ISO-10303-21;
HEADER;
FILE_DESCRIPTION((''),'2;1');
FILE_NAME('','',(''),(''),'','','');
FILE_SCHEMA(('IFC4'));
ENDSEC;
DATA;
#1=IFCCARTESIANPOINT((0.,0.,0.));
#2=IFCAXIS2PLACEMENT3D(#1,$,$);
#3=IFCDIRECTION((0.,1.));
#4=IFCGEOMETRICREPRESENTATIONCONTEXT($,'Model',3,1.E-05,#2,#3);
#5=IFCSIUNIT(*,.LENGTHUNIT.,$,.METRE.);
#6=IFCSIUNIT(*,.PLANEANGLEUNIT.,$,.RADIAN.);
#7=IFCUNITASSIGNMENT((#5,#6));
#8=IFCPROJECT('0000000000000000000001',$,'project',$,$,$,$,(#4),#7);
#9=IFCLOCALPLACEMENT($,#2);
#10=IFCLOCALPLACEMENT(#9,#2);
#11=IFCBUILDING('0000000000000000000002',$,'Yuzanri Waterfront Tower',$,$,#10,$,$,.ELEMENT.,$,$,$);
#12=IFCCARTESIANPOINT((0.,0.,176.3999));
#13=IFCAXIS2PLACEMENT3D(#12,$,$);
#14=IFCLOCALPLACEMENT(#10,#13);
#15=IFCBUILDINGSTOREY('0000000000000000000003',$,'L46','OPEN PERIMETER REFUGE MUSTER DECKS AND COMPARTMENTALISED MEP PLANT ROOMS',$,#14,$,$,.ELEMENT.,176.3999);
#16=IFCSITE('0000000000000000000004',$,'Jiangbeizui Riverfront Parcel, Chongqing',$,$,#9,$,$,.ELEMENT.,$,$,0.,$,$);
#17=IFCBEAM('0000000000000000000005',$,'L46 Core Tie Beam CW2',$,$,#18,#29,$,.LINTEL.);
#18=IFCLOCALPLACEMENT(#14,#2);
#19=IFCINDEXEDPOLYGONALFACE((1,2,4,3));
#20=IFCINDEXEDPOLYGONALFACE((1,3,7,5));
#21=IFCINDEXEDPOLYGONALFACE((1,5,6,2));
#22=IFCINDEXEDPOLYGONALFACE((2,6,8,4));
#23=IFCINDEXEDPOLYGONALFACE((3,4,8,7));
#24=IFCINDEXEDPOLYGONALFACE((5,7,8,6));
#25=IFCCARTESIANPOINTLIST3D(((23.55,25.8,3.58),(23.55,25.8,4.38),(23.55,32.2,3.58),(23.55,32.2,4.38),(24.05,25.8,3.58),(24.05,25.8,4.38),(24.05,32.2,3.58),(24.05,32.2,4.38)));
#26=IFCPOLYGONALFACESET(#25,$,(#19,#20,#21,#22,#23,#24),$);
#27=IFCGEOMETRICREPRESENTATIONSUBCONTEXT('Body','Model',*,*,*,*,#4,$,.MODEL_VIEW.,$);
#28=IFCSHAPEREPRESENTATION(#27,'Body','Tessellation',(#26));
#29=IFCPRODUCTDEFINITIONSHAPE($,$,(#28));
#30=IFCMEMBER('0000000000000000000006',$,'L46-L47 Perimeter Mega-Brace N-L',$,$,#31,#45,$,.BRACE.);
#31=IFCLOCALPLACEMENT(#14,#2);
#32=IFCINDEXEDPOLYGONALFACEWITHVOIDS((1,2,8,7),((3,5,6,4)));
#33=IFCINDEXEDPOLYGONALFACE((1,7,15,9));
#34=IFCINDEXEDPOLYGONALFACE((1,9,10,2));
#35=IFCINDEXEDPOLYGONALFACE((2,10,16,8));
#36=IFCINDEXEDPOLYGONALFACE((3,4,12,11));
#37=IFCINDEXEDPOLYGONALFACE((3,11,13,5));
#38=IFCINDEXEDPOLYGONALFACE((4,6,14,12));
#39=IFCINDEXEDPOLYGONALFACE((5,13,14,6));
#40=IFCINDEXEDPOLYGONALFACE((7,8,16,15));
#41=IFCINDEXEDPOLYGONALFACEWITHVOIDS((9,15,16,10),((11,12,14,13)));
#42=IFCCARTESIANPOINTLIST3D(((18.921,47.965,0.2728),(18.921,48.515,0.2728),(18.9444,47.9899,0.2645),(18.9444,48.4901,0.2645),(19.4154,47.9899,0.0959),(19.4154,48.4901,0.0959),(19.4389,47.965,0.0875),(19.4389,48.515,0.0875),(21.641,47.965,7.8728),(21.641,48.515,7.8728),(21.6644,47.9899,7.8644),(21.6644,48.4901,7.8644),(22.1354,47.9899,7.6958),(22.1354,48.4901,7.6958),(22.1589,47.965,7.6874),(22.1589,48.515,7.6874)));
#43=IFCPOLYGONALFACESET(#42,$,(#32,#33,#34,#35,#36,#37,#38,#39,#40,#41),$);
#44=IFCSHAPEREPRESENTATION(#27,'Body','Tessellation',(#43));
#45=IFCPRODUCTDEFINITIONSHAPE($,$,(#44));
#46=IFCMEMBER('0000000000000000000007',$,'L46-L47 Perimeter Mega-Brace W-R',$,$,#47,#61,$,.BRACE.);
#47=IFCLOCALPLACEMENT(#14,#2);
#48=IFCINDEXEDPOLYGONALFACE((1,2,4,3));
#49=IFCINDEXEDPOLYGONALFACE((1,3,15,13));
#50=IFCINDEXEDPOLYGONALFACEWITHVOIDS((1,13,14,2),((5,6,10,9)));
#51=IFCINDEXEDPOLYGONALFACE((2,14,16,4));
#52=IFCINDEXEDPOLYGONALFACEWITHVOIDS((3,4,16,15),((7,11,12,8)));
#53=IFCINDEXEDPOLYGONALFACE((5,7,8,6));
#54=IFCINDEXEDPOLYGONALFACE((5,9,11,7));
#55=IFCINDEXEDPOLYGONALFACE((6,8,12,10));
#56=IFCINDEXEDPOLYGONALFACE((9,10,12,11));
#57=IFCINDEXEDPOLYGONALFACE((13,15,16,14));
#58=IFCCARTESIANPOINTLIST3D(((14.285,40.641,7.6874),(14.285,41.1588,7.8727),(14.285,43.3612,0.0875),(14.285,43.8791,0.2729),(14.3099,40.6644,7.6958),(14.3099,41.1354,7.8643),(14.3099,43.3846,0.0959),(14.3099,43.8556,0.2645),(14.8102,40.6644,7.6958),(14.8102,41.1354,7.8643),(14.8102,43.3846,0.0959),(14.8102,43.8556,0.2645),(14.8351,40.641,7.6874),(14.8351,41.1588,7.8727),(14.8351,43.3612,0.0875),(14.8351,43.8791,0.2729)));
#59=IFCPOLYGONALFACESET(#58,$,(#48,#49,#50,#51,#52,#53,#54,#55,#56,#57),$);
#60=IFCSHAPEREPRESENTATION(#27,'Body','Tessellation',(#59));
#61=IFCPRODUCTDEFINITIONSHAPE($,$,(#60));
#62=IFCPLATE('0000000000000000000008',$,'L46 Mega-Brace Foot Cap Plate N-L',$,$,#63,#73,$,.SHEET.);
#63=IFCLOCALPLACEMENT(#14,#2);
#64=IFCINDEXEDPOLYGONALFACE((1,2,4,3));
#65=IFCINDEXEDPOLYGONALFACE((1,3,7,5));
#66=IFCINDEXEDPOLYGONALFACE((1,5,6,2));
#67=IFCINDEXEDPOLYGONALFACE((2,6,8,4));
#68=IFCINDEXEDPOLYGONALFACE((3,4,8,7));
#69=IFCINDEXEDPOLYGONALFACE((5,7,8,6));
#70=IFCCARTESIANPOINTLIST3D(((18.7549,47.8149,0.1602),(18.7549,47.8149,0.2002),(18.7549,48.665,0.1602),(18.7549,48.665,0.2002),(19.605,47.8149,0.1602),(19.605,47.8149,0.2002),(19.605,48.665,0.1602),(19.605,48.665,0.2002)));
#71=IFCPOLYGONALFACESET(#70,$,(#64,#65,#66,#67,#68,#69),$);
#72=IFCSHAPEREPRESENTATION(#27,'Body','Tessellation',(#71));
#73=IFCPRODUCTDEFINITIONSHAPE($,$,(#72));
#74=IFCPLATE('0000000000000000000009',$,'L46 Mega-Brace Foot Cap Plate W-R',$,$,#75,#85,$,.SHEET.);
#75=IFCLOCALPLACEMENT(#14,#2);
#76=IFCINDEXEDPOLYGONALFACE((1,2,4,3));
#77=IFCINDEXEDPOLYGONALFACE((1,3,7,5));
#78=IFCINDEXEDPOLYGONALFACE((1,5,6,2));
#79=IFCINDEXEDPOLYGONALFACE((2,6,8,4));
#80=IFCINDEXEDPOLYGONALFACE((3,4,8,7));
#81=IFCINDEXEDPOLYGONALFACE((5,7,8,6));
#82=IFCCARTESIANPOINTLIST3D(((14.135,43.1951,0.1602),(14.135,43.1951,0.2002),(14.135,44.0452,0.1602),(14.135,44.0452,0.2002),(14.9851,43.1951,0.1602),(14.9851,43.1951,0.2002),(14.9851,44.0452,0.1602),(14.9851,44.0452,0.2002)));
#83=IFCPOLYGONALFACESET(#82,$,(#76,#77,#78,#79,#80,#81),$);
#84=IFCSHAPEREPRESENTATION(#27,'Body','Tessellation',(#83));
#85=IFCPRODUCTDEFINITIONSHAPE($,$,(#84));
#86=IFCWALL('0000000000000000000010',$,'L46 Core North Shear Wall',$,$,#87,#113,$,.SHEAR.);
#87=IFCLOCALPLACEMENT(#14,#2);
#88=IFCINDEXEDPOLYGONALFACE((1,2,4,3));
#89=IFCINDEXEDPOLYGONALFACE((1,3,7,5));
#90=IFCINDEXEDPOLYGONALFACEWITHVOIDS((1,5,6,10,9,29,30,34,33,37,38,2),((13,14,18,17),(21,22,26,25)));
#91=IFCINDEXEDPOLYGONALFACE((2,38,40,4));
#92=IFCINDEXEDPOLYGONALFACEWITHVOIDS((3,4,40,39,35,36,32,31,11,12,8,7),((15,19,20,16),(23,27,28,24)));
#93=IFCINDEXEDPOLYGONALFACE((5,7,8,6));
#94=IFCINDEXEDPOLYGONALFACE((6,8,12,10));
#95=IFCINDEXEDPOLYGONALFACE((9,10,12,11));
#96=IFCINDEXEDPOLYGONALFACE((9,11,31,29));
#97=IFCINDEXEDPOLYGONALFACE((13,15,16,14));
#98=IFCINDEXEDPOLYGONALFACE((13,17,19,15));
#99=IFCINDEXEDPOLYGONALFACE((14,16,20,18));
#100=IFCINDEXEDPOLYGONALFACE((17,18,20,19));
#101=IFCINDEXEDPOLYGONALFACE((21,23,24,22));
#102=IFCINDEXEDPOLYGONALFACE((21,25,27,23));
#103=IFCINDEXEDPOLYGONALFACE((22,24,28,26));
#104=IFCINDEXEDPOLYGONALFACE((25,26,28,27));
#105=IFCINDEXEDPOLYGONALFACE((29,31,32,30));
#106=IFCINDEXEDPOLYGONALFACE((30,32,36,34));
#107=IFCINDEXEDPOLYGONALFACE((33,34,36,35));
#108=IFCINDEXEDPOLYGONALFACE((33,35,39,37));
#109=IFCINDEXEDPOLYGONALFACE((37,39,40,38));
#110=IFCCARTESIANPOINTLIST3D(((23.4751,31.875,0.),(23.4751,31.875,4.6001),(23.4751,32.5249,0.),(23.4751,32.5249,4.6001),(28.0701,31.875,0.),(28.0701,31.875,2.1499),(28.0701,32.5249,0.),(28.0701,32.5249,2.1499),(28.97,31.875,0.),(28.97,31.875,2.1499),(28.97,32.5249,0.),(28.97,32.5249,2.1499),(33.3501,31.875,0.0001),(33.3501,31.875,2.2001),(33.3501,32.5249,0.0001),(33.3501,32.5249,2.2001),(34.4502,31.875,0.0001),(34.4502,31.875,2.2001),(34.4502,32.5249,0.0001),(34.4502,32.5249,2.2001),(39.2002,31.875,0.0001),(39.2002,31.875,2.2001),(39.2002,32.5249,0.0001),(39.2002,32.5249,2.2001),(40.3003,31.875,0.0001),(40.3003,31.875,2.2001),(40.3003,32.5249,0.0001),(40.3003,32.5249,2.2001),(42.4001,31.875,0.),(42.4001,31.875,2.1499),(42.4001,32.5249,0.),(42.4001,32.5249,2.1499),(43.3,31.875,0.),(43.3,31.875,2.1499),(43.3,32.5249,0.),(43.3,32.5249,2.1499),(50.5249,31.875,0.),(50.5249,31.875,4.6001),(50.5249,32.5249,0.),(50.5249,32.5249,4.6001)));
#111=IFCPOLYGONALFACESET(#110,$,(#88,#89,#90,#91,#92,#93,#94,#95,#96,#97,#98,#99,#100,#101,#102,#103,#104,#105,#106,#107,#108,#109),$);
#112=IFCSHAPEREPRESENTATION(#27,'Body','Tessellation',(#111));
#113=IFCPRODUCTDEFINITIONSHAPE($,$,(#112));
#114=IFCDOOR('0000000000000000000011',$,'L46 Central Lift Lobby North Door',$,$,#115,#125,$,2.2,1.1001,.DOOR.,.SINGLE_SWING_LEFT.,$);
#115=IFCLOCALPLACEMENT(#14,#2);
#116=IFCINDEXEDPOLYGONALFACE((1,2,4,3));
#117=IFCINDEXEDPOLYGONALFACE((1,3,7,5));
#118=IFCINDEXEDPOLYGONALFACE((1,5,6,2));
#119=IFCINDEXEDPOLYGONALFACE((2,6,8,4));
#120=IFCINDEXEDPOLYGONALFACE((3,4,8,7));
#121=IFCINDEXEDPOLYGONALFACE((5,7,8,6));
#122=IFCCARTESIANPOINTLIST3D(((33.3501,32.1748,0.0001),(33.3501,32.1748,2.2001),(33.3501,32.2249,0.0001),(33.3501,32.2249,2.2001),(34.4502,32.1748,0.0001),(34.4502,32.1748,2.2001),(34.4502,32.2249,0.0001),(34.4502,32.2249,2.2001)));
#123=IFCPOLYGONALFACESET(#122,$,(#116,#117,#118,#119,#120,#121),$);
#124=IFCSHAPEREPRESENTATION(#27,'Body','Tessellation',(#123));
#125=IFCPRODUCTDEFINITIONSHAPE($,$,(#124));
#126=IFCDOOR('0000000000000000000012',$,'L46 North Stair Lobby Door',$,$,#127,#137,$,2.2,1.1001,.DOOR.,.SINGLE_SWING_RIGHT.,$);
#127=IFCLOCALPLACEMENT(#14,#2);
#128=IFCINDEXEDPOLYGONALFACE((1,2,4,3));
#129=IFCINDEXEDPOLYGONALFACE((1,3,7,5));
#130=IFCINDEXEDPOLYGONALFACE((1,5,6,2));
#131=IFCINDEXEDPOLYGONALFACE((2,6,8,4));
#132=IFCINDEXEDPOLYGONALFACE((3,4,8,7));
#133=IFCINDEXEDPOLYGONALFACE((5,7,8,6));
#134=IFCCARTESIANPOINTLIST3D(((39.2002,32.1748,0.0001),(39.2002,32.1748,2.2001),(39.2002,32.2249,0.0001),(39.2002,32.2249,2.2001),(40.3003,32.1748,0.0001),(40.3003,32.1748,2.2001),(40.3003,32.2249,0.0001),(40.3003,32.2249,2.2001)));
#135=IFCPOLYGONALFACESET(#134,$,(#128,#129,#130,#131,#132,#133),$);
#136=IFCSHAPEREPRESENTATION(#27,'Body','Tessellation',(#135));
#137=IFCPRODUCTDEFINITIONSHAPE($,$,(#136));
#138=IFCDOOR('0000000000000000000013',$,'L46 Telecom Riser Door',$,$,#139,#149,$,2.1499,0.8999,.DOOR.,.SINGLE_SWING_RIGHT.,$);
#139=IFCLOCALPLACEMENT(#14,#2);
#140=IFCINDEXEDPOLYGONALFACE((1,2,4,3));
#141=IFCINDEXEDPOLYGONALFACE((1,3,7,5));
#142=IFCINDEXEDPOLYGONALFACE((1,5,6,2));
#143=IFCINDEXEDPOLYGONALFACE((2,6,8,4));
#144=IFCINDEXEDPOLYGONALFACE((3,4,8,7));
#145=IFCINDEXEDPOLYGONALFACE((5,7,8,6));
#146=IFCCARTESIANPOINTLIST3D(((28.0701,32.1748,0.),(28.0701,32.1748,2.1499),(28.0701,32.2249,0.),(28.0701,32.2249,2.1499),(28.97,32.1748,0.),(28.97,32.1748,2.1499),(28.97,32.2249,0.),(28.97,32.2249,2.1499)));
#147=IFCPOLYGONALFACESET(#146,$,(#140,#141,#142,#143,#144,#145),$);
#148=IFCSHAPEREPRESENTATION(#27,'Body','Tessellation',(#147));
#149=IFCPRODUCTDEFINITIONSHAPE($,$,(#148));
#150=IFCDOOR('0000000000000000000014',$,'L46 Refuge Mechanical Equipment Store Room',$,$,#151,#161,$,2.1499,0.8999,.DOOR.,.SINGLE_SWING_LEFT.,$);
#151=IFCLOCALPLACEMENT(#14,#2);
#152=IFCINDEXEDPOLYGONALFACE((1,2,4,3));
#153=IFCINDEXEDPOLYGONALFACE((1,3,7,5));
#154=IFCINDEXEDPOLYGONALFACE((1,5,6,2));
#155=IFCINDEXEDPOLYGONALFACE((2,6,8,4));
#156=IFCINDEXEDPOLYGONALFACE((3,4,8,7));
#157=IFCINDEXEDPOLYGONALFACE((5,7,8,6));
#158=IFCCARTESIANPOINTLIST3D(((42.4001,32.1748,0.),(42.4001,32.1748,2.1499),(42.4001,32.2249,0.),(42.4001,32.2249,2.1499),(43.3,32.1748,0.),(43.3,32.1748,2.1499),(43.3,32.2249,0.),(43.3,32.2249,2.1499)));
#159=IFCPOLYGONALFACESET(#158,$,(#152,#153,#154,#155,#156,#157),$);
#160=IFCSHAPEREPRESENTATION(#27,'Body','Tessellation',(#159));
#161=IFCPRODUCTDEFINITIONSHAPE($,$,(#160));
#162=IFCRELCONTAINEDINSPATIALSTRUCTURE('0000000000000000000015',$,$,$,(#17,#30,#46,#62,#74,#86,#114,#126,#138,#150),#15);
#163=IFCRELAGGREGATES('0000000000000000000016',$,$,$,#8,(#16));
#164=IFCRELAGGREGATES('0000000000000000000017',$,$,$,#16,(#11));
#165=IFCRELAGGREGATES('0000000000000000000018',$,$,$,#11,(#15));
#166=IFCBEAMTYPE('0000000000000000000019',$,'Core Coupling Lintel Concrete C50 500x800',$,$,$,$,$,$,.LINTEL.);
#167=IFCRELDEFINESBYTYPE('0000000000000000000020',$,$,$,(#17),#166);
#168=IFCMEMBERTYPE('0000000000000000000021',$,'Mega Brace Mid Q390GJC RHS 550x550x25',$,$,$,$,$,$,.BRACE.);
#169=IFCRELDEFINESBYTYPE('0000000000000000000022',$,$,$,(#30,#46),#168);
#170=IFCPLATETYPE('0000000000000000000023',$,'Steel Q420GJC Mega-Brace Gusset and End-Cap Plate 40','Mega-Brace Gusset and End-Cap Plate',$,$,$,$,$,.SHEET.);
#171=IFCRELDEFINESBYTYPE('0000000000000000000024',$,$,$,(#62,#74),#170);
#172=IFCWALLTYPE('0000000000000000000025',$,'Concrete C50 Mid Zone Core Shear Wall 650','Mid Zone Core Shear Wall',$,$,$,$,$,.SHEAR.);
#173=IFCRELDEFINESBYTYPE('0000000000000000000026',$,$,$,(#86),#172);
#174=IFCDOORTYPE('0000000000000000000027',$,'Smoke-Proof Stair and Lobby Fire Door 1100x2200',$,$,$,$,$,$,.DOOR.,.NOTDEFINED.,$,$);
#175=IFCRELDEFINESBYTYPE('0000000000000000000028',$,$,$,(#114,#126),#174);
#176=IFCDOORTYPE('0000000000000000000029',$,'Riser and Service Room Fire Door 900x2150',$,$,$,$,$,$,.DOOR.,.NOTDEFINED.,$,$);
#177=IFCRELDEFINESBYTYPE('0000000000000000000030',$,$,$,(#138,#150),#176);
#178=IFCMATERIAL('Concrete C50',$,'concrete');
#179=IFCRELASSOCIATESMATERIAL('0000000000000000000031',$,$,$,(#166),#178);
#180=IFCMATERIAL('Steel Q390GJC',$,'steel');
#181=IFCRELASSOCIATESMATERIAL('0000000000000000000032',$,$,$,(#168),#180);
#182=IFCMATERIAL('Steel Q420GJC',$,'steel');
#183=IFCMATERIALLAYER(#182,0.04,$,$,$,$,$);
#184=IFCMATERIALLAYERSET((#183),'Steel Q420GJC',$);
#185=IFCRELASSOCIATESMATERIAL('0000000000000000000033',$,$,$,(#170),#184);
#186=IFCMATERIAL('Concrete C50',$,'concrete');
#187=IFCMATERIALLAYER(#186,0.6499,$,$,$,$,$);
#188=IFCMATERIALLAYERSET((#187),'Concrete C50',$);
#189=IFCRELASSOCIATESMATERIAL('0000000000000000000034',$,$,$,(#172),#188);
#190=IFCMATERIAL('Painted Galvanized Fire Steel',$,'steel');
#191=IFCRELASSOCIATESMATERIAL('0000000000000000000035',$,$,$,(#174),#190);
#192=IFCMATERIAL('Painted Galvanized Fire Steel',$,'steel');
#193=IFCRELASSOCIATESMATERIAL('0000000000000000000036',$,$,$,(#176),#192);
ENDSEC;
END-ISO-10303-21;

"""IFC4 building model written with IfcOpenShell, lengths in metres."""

from ifc_helpers import new_model, si_unit, direction, frame, frame_2d, origin, origin_2d, place, context, subcontext, project, spatial, rectangle, hollow_rectangle, extrude, source, transform, mapped, material, layer, layer_set, material_profile, profile_set, type_object, element, fill, save


model = new_model("IFC4")

# Units and contexts
model_context = context("Model", 3, precision=1e-05, world=origin(), true_north=direction((0.0, 1.0)))
body_context = subcontext(model_context, "Body", "Model", "MODEL_VIEW")
ifc_project = project(units=[si_unit("LENGTHUNIT", "METRE"), si_unit("PLANEANGLEUNIT", "RADIAN")], contexts=[model_context])

# Site, building, storey
site_placement = place(None, origin())
site = spatial("IfcSite", under=ifc_project, at=site_placement, Name="Jiangbeizui Riverfront Parcel, Chongqing", CompositionType="ELEMENT", RefElevation=0.0)
building_placement = place(site_placement, origin())
building = spatial("IfcBuilding", under=site, at=building_placement, Name="Yuzanri Waterfront Tower", CompositionType="ELEMENT")
storey_placement = place(building_placement, frame((0.0, 0.0, 176.3999)))
storey = spatial("IfcBuildingStorey", under=building, at=storey_placement, Name="L46", Description="OPEN PERIMETER REFUGE MUSTER DECKS AND COMPARTMENTALISED MEP PLANT ROOMS", CompositionType="ELEMENT", Elevation=176.3999)

# Beam
ifc_material_1 = material(Name="Concrete C50", Category="concrete")
ifc_material_profile_1 = material_profile(ifc_material_1, rectangle(XDim=0.5, YDim=0.8, at=origin_2d()), Name="RC 500x800")
ifc_profile_set_1 = profile_set([ifc_material_profile_1], Name="Concrete C50")
beam_type_1 = type_object("IfcBeamType", Name="Core Coupling Lintel Concrete C50 500x800", PredefinedType="LINTEL", material=ifc_profile_set_1)
shared_shape_1 = source(origin(), body_context, "Body", "SweptSolid", [
    extrude(rectangle(XDim=0.5, YDim=0.8, at=origin_2d()), origin(), (0.0, 0.0, 1.0), 6.3999),
])
beam_1_placement = place(storey_placement, frame((23.8, 25.8, 3.98), z_axis=(0.0, 1.0, 0.0), x_axis=(-1.0, 0.0, 0.0)))
element("IfcBeam", 1, at=beam_1_placement, inside=storey, type_object=beam_type_1, Name="L46 Core Tie Beam CW2", PredefinedType="LINTEL", context=body_context, shape_type="MappedRepresentation", body=[
    mapped(shared_shape_1, transform((0.0, 0.0, 0.0), scale=1.0)),
])

# Members
ifc_material_2 = material(Name="Steel Q390GJC", Category="steel")
ifc_material_profile_2 = material_profile(ifc_material_2, hollow_rectangle(XDim=0.55, YDim=0.55, WallThickness=0.0249, at=origin_2d()), Name="RHS 550x550x25")
ifc_profile_set_2 = profile_set([ifc_material_profile_2], Name="Steel Q390GJC")
member_type = type_object("IfcMemberType", Name="Mega Brace Mid Q390GJC RHS 550x550x25", PredefinedType="BRACE", material=ifc_profile_set_2)
shared_shape_2 = source(origin(), body_context, "Body", "SweptSolid", [
    extrude(hollow_rectangle(XDim=0.55, YDim=0.55, WallThickness=0.0249, at=origin_2d()), origin(), (0.0, 0.0, 1.0), 8.072),
])
for number, where, z_axis, x_axis, name in (
    (2, (19.1799, 48.24, 0.1802), (0.336967, 0.0, 0.941517), (0.0, 1.0, 0.0), "L46-L47 Perimeter Mega-Brace N-L"),
    (3, (14.5601, 43.6201, 0.1802), (0.0, -0.336994, 0.941507), (1.0, 0.0, 0.0), "L46-L47 Perimeter Mega-Brace W-R"),
):
    element("IfcMember", number, at=place(storey_placement, frame(where, z_axis=z_axis, x_axis=x_axis)), inside=storey, type_object=member_type, Name=name, PredefinedType="BRACE", context=body_context, shape_type="MappedRepresentation", body=[
        mapped(shared_shape_2, transform((0.0, 0.0, 0.0), scale=1.0)),
    ])

# Plates
ifc_material_3 = material(Name="Steel Q420GJC", Category="steel")
ifc_layer_1 = layer(ifc_material_3, 0.04)
ifc_layer_set_1 = layer_set([ifc_layer_1], Name="Steel Q420GJC")
plate_type = type_object("IfcPlateType", Name="Steel Q420GJC Mega-Brace Gusset and End-Cap Plate 40", Description="Mega-Brace Gusset and End-Cap Plate", PredefinedType="SHEET", material=ifc_layer_set_1)
shared_shape_3 = source(origin(), body_context, "Body", "SweptSolid", [
    extrude(rectangle(XDim=0.8501, YDim=0.8501, at=origin_2d()), origin(), (0.0, 0.0, 1.0), 0.04),
])
for number, where, z_axis, x_axis, name in (
    (4, (19.1799, 48.24, 0.1602), (0.0, 0.0, 1.0), (1.0, 0.0, 0.0), "L46 Mega-Brace Foot Cap Plate N-L"),
    (5, (14.5601, 43.6201, 0.1602), (0.0, 0.0, 1.0), (1.0, 0.0, 0.0), "L46 Mega-Brace Foot Cap Plate W-R"),
):
    element("IfcPlate", number, at=place(storey_placement, frame(where, z_axis=z_axis, x_axis=x_axis)), inside=storey, type_object=plate_type, Name=name, PredefinedType="SHEET", context=body_context, shape_type="MappedRepresentation", body=[
        mapped(shared_shape_3, transform((0.0, 0.0, 0.0), scale=1.0)),
    ])

# Wall, openings, doors
ifc_material_4 = material(Name="Concrete C50", Category="concrete")
ifc_layer_2 = layer(ifc_material_4, 0.6499)
ifc_layer_set_2 = layer_set([ifc_layer_2], Name="Concrete C50")
wall_type_1 = type_object("IfcWallType", Name="Concrete C50 Mid Zone Core Shear Wall 650", Description="Mid Zone Core Shear Wall", PredefinedType="SHEAR", material=ifc_layer_set_2)
wall_1_placement = place(storey_placement, frame((23.4751, 32.2, 0.0), z_axis=(0.0, 0.0, 1.0), x_axis=(1.0, 0.0, 0.0)))
wall_1 = element("IfcWall", 6, at=wall_1_placement, inside=storey, type_object=wall_type_1, Name="L46 Core North Shear Wall", PredefinedType="SHEAR", context=body_context, shape_type="SweptSolid", body=[
    extrude(rectangle(XDim=27.0498, YDim=0.6499, at=frame_2d((13.5249, 0.0))), origin(), (0.0, 0.0, 1.0), 4.6001),
])
opening_1_placement = place(wall_1_placement, frame((4.595, 0.0, 0.0)))
opening_1 = element("IfcOpeningElement", 7, at=opening_1_placement, cuts=wall_1, PredefinedType="OPENING", context=body_context, shape_type="SweptSolid", body=[
    extrude(rectangle(XDim=0.8999, YDim=2.1499, at=frame_2d((0.45, 1.075))), frame((0.0, 0.3398, 0.0), z_axis=(0.0, -1.0, 0.0), x_axis=(1.0, 0.0, 0.0)), (0.0, 0.0, 1.0), 0.6797),
])
opening_2_placement = place(wall_1_placement, frame((9.875, 0.0, 0.0)))
opening_2 = element("IfcOpeningElement", 8, at=opening_2_placement, cuts=wall_1, PredefinedType="OPENING", context=body_context, shape_type="SweptSolid", body=[
    extrude(rectangle(XDim=1.1001, YDim=2.2, at=frame_2d((0.55, 1.1001))), frame((0.0, 0.3398, 0.0), z_axis=(0.0, -1.0, 0.0), x_axis=(1.0, 0.0, 0.0)), (0.0, 0.0, 1.0), 0.6797),
])
opening_3_placement = place(wall_1_placement, frame((15.7251, 0.0, 0.0)))
opening_3 = element("IfcOpeningElement", 9, at=opening_3_placement, cuts=wall_1, PredefinedType="OPENING", context=body_context, shape_type="SweptSolid", body=[
    extrude(rectangle(XDim=1.1001, YDim=2.2, at=frame_2d((0.55, 1.1001))), frame((0.0, 0.3398, 0.0), z_axis=(0.0, -1.0, 0.0), x_axis=(1.0, 0.0, 0.0)), (0.0, 0.0, 1.0), 0.6797),
])
opening_4_placement = place(wall_1_placement, frame((18.925, 0.0, 0.0)))
opening_4 = element("IfcOpeningElement", 10, at=opening_4_placement, cuts=wall_1, PredefinedType="OPENING", context=body_context, shape_type="SweptSolid", body=[
    extrude(rectangle(XDim=0.8999, YDim=2.1499, at=frame_2d((0.45, 1.075))), frame((0.0, 0.3398, 0.0), z_axis=(0.0, -1.0, 0.0), x_axis=(1.0, 0.0, 0.0)), (0.0, 0.0, 1.0), 0.6797),
])
ifc_material_5 = material(Name="Painted Galvanized Fire Steel", Category="steel")
door_type_1 = type_object("IfcDoorType", Name="Smoke-Proof Stair and Lobby Fire Door 1100x2200", OperationType="NOTDEFINED", PredefinedType="DOOR", material=ifc_material_5)
shared_shape_4 = source(origin(), body_context, "Body", "SweptSolid", [
    extrude(rectangle(XDim=1.1001, YDim=2.2, at=frame_2d((0.55, 1.1001))), frame((0.0, 0.0249, 0.0), z_axis=(0.0, -1.0, 0.0), x_axis=(1.0, 0.0, 0.0)), (0.0, 0.0, 1.0), 0.05),
])
door_1_placement = place(opening_2_placement, origin())
door_1 = element("IfcDoor", 11, at=door_1_placement, inside=storey, type_object=door_type_1, Name="L46 Central Lift Lobby North Door", OperationType="SINGLE_SWING_LEFT", OverallHeight=2.2, OverallWidth=1.1001, PredefinedType="DOOR", context=body_context, shape_type="MappedRepresentation", body=[
    mapped(shared_shape_4, transform((0.0, 0.0, 0.0), scale=1.0)),
])
fill(opening_2, door_1)
door_2_placement = place(opening_3_placement, origin())
door_2 = element("IfcDoor", 12, at=door_2_placement, inside=storey, type_object=door_type_1, Name="L46 North Stair Lobby Door", OperationType="SINGLE_SWING_RIGHT", OverallHeight=2.2, OverallWidth=1.1001, PredefinedType="DOOR", context=body_context, shape_type="MappedRepresentation", body=[
    mapped(shared_shape_4, transform((0.0, 0.0, 0.0), scale=1.0)),
])
fill(opening_3, door_2)
ifc_material_6 = material(Name="Painted Galvanized Fire Steel", Category="steel")
door_type_2 = type_object("IfcDoorType", Name="Riser and Service Room Fire Door 900x2150", OperationType="NOTDEFINED", PredefinedType="DOOR", material=ifc_material_6)
shared_shape_5 = source(origin(), body_context, "Body", "SweptSolid", [
    extrude(rectangle(XDim=0.8999, YDim=2.1499, at=frame_2d((0.45, 1.075))), frame((0.0, 0.0249, 0.0), z_axis=(0.0, -1.0, 0.0), x_axis=(1.0, 0.0, 0.0)), (0.0, 0.0, 1.0), 0.05),
])
door_3_placement = place(opening_1_placement, origin())
door_3 = element("IfcDoor", 13, at=door_3_placement, inside=storey, type_object=door_type_2, Name="L46 Telecom Riser Door", OperationType="SINGLE_SWING_RIGHT", OverallHeight=2.1499, OverallWidth=0.8999, PredefinedType="DOOR", context=body_context, shape_type="MappedRepresentation", body=[
    mapped(shared_shape_5, transform((0.0, 0.0, 0.0), scale=1.0)),
])
fill(opening_1, door_3)
door_4_placement = place(opening_4_placement, origin())
door_4 = element("IfcDoor", 14, at=door_4_placement, inside=storey, type_object=door_type_2, Name="L46 Refuge Mechanical Equipment Store Room", OperationType="SINGLE_SWING_LEFT", OverallHeight=2.1499, OverallWidth=0.8999, PredefinedType="DOOR", context=body_context, shape_type="MappedRepresentation", body=[
    mapped(shared_shape_5, transform((0.0, 0.0, 0.0), scale=1.0)),
])
fill(opening_4, door_4)

save(model, "model.ifc")
